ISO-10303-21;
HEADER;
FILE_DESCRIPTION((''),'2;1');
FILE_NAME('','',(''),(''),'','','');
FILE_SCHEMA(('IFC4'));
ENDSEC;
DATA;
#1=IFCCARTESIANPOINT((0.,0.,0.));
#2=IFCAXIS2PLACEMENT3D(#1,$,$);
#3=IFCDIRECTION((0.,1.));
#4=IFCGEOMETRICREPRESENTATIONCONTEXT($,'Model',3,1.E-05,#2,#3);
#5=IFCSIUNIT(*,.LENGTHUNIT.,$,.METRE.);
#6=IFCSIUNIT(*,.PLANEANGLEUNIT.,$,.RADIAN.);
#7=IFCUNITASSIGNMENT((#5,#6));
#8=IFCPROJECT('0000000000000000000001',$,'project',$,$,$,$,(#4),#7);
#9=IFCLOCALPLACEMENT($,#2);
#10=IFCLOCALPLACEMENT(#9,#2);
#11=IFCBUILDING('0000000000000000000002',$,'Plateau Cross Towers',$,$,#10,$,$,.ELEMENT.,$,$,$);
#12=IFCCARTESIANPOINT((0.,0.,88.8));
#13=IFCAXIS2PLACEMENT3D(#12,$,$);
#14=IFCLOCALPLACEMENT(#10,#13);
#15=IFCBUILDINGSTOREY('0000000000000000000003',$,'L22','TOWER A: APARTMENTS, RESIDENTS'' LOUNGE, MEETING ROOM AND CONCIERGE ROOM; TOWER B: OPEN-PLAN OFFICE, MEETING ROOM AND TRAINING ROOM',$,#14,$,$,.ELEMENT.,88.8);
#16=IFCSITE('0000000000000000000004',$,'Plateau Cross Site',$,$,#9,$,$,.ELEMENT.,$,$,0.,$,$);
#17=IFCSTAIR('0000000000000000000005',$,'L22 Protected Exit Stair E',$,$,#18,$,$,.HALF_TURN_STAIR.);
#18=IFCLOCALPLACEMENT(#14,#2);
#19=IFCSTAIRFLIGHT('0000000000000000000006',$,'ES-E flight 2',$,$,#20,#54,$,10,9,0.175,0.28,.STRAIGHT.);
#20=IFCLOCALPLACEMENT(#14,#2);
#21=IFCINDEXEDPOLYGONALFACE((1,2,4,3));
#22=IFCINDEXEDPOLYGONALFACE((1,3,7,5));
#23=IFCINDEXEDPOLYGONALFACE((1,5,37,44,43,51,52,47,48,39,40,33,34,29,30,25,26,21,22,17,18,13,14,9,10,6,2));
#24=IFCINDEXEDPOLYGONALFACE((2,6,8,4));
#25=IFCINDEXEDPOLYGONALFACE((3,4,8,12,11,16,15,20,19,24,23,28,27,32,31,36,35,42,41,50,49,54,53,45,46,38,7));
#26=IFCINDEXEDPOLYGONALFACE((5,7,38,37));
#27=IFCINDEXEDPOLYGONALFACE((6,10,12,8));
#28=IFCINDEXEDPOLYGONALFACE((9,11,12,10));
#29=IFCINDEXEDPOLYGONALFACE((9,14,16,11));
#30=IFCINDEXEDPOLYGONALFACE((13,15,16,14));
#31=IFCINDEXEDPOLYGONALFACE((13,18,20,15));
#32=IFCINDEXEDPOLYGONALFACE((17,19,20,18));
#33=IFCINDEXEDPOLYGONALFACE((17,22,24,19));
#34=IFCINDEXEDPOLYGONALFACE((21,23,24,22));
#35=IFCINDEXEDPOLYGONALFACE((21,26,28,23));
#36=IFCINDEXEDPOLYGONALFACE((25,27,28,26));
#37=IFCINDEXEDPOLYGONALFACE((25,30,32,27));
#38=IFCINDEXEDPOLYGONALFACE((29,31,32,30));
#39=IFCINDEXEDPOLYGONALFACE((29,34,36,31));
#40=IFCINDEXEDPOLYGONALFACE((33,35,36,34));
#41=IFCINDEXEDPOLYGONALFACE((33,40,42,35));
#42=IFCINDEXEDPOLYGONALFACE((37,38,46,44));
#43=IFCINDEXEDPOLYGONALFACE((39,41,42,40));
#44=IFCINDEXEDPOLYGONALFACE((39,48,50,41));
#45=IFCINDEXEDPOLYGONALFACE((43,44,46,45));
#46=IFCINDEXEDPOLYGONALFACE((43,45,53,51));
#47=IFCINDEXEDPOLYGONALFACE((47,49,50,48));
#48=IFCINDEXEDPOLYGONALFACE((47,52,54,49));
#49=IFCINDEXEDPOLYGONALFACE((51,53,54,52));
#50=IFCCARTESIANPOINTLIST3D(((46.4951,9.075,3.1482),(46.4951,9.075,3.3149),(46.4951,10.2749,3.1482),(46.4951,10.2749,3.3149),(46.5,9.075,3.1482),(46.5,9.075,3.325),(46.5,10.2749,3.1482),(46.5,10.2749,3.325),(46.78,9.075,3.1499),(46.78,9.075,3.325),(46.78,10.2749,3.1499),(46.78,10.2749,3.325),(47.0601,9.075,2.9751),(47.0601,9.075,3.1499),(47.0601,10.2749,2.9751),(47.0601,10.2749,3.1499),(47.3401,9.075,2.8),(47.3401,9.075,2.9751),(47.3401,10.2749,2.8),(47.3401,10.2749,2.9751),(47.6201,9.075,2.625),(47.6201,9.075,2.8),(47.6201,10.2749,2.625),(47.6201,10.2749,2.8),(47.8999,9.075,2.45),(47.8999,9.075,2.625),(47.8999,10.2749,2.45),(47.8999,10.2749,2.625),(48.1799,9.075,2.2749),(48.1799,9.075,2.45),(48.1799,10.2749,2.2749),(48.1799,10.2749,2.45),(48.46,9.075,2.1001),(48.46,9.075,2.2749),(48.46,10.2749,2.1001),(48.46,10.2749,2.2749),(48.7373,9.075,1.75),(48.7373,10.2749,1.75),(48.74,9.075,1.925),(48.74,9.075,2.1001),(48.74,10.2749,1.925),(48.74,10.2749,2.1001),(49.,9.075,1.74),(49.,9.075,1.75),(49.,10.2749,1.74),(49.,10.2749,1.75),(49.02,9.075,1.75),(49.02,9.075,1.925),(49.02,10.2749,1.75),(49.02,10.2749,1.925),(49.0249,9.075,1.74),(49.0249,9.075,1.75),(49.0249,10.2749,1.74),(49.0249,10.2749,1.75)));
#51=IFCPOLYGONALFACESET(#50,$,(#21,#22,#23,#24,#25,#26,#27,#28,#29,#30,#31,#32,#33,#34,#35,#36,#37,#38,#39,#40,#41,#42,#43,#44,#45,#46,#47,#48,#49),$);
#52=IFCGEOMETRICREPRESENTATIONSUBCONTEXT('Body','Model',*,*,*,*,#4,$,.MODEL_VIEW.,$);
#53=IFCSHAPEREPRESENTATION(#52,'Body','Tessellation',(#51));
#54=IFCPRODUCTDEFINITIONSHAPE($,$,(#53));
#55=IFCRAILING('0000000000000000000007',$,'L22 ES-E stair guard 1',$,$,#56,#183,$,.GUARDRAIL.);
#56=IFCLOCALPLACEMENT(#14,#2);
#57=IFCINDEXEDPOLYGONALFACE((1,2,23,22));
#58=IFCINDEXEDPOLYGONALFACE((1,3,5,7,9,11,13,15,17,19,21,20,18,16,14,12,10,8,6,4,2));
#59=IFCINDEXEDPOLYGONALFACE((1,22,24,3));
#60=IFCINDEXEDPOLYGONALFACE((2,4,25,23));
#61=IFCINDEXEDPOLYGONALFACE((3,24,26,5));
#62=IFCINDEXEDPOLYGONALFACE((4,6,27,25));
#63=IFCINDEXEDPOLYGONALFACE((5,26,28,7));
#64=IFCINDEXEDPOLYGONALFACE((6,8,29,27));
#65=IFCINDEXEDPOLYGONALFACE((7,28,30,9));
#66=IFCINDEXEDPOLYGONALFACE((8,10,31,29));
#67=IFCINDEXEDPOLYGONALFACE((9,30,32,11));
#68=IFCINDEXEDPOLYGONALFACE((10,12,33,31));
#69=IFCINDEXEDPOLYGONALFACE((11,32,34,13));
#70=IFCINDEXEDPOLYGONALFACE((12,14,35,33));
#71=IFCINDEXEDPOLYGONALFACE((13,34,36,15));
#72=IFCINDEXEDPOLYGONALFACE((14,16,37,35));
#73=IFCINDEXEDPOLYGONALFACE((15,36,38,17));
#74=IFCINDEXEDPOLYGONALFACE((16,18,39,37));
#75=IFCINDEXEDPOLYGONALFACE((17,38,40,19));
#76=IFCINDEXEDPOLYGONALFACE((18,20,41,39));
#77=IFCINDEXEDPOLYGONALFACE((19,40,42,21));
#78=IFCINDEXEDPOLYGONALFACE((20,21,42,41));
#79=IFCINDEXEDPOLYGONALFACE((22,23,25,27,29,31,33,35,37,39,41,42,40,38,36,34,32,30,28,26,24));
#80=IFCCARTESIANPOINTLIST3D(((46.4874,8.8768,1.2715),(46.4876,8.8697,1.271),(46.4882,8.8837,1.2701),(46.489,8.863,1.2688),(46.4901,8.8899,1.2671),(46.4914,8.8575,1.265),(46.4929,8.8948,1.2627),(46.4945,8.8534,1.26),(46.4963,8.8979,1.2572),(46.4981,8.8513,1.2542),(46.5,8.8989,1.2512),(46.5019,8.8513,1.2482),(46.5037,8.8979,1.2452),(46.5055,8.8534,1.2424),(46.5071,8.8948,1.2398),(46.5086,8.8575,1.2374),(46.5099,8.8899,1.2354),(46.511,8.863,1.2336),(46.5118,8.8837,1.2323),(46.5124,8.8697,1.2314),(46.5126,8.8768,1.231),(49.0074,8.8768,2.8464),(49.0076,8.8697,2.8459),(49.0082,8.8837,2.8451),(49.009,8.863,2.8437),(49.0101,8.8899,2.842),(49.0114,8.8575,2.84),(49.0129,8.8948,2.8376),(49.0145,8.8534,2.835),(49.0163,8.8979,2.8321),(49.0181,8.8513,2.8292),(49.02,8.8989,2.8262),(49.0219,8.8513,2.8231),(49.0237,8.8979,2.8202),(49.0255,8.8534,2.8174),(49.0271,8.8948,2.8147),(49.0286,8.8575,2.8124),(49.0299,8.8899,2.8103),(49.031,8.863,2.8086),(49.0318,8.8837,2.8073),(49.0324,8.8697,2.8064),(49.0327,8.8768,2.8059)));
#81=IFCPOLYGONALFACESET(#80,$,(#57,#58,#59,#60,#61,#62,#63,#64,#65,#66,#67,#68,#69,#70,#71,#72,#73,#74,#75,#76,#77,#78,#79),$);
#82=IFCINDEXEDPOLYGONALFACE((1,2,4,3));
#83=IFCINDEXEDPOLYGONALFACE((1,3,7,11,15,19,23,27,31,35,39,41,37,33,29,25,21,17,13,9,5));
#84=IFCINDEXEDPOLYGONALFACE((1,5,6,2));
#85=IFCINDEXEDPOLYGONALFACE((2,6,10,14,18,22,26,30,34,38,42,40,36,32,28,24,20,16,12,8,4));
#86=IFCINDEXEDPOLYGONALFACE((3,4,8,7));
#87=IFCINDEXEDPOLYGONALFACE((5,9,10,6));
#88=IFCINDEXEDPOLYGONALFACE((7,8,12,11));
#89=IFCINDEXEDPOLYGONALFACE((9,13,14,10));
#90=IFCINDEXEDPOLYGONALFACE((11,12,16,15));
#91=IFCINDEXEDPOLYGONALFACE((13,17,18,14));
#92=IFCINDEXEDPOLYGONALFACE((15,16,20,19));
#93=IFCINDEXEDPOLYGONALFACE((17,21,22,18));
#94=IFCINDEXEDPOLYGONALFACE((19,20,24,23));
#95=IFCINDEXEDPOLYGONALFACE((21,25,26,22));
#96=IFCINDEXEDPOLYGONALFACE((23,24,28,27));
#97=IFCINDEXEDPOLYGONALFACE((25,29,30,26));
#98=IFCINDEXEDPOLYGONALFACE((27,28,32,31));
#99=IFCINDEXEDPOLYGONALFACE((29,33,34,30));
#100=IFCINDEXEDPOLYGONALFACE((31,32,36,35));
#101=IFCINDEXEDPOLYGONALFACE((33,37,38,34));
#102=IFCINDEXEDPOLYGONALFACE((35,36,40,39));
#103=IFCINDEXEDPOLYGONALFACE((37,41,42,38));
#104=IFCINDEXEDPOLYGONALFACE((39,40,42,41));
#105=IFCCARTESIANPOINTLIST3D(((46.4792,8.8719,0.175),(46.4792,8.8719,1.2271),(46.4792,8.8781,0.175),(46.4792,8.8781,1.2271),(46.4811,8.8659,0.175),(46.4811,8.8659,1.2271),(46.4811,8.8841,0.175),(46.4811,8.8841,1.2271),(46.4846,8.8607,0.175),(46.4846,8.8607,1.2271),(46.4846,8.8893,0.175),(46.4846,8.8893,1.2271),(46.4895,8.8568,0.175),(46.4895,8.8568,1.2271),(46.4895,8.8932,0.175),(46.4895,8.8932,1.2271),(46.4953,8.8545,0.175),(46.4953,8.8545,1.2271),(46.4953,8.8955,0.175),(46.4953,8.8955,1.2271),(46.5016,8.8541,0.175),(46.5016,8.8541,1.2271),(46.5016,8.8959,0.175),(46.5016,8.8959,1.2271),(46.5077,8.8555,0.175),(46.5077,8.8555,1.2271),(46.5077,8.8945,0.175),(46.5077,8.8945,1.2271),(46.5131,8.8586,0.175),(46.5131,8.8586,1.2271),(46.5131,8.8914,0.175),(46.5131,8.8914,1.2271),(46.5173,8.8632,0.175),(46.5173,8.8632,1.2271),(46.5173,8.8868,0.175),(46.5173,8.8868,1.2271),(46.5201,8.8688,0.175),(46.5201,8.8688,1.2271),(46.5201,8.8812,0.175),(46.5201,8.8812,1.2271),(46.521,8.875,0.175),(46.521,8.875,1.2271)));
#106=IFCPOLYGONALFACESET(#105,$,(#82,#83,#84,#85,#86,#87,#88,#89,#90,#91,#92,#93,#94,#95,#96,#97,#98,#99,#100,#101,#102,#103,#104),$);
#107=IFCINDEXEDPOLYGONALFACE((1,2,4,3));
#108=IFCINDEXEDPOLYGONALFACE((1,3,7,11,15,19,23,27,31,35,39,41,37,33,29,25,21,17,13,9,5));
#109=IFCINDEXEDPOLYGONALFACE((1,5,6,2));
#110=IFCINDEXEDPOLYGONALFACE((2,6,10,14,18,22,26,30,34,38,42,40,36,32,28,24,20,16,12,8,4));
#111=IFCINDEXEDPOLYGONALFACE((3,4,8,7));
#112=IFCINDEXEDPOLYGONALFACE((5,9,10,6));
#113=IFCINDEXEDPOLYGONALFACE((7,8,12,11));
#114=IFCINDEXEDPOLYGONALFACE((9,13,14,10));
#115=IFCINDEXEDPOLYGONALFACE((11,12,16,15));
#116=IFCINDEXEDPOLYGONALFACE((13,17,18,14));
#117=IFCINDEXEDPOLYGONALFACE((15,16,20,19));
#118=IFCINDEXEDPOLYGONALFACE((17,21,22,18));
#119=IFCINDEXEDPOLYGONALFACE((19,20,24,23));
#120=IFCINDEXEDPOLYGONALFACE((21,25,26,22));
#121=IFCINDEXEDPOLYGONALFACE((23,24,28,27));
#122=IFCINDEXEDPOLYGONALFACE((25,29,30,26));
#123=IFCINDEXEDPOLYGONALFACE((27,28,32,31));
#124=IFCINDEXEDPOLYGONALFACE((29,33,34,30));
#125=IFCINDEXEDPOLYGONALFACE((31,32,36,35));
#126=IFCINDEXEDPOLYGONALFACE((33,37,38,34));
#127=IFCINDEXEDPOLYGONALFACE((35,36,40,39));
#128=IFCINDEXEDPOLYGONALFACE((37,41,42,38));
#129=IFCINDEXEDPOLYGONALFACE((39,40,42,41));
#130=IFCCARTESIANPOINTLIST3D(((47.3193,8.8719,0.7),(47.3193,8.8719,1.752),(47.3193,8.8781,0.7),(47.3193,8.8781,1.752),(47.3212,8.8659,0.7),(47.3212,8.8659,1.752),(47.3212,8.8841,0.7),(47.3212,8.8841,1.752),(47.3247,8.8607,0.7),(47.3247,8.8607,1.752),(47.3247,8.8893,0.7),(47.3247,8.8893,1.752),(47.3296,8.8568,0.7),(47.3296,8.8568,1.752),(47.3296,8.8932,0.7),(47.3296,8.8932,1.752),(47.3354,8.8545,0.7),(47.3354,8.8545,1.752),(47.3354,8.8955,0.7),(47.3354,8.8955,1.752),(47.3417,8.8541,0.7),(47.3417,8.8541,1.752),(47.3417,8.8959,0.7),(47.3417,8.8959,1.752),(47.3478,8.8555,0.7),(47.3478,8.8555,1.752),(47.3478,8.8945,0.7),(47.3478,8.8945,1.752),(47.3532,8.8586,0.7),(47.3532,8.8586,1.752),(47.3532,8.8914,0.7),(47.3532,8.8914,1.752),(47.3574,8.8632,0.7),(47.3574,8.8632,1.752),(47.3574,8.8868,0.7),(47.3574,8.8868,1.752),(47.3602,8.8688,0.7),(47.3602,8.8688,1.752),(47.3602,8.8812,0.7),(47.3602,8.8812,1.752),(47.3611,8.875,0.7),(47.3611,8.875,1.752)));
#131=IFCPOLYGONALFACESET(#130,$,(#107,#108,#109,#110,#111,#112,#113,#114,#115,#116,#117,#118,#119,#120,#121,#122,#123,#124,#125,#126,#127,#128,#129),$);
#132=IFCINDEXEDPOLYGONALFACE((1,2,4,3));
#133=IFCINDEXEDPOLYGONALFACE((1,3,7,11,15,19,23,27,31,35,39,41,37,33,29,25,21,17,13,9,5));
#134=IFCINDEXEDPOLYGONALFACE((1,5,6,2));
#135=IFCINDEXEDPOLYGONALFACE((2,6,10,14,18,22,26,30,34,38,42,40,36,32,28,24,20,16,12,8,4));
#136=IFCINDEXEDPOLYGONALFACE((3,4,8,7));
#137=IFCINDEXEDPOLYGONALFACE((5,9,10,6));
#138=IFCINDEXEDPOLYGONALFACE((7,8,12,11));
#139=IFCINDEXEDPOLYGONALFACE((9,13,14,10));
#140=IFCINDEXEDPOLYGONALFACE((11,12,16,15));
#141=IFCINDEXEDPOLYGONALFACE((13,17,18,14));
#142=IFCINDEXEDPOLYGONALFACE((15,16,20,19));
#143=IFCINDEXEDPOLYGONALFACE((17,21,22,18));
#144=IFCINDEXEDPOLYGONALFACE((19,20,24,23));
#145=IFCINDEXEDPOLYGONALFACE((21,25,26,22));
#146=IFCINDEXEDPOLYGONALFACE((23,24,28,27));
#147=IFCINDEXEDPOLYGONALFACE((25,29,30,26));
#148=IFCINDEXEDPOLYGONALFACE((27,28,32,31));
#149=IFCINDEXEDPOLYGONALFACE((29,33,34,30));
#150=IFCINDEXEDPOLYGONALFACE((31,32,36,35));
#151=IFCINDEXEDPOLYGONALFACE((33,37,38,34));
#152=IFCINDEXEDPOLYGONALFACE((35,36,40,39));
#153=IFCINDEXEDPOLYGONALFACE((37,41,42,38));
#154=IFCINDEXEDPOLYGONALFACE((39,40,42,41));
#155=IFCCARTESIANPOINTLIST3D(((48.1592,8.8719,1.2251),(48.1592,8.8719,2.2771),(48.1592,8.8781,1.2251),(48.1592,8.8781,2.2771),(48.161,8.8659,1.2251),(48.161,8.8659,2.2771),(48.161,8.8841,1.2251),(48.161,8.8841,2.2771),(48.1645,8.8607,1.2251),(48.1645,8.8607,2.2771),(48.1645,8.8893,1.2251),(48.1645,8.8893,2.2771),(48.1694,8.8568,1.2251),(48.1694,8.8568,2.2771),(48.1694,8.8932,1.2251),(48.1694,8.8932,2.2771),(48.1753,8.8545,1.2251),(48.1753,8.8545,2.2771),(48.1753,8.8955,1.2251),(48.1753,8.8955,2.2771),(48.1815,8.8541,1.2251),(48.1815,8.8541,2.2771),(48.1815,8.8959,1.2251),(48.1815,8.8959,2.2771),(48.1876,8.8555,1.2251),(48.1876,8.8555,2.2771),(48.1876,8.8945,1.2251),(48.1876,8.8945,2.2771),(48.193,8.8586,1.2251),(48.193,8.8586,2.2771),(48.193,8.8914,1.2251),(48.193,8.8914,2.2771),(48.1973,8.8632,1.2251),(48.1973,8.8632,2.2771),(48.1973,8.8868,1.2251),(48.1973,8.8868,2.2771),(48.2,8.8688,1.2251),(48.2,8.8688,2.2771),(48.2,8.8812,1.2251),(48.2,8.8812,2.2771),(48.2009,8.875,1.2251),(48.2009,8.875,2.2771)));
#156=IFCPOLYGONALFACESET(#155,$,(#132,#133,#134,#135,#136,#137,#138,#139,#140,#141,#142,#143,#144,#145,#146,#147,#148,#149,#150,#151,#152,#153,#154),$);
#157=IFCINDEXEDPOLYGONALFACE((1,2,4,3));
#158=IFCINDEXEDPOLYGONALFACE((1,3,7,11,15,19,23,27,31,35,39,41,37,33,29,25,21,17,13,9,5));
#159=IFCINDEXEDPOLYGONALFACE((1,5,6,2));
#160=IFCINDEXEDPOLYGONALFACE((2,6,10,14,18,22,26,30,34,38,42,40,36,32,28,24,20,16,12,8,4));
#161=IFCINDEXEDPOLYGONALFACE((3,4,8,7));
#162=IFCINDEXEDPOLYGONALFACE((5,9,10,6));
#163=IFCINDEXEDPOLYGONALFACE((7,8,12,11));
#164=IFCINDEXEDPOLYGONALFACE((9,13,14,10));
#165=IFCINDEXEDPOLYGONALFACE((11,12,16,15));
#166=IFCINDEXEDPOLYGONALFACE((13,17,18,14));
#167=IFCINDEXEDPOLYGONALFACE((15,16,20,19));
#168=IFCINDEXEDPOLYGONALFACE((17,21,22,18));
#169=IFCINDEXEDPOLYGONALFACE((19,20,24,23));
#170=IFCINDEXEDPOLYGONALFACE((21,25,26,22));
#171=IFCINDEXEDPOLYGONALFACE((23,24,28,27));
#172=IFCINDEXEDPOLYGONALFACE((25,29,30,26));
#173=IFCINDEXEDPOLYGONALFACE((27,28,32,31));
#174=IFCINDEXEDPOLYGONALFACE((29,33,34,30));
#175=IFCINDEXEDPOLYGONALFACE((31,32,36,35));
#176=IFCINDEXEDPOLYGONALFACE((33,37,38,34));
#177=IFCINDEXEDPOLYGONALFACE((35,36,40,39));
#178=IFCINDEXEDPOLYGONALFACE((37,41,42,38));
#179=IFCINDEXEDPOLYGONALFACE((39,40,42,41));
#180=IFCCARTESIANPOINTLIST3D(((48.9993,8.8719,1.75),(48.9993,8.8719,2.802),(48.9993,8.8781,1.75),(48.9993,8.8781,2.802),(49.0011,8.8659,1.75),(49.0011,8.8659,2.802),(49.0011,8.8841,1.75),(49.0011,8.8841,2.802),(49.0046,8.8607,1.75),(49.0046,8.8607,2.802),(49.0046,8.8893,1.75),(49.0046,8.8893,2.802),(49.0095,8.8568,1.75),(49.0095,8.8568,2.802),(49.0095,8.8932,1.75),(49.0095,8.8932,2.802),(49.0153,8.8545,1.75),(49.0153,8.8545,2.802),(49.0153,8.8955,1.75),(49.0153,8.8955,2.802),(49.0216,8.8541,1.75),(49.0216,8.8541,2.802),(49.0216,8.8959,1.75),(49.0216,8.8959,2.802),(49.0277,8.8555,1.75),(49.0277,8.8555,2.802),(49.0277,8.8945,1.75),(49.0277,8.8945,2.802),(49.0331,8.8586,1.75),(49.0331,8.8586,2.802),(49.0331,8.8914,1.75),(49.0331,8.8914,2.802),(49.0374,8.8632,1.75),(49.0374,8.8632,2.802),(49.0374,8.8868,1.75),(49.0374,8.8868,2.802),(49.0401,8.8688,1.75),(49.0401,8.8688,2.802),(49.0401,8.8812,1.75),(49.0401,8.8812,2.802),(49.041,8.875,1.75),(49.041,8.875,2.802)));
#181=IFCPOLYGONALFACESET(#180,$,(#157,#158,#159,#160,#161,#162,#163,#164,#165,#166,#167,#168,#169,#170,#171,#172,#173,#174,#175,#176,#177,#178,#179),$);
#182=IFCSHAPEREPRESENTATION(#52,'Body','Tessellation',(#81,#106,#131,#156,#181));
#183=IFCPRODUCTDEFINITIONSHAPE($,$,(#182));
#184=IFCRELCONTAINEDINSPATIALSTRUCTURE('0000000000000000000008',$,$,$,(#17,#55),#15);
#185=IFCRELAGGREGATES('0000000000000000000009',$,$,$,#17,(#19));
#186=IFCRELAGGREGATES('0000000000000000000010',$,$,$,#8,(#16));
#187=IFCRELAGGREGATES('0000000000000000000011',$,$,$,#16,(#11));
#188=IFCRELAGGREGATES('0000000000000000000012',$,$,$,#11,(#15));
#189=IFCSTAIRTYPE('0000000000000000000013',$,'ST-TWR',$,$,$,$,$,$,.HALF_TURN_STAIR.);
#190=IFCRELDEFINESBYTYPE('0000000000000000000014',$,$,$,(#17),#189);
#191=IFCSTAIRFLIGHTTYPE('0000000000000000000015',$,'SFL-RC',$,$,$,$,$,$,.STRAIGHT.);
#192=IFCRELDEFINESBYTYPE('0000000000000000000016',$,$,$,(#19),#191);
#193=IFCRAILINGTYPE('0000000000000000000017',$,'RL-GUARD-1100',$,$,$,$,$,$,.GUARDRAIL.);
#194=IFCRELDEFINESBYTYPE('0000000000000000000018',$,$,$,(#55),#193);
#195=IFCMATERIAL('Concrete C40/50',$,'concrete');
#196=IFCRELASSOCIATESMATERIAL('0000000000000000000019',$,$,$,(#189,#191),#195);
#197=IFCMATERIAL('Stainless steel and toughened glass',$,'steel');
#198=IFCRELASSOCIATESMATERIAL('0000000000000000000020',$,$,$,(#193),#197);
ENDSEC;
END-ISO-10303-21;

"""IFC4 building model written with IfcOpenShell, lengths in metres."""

from ifc_helpers import new_model, si_unit, direction, frame, origin, origin_2d, place, context, subcontext, project, spatial, polyline, circle, outline, extrude, material, type_object, element, aggregate, save


model = new_model("IFC4")

# Units and contexts
model_context = context("Model", 3, precision=1e-05, world=origin(), true_north=direction((0.0, 1.0)))
body_context = subcontext(model_context, "Body", "Model", "MODEL_VIEW")
ifc_project = project(units=[si_unit("LENGTHUNIT", "METRE"), si_unit("PLANEANGLEUNIT", "RADIAN")], contexts=[model_context])

# Site, building, storey
site_placement = place(None, origin())
site = spatial("IfcSite", under=ifc_project, at=site_placement, Name="Plateau Cross Site", CompositionType="ELEMENT", RefElevation=0.0)
building_placement = place(site_placement, origin())
building = spatial("IfcBuilding", under=site, at=building_placement, Name="Plateau Cross Towers", CompositionType="ELEMENT")
storey_placement = place(building_placement, frame((0.0, 0.0, 88.8)))
storey = spatial("IfcBuildingStorey", under=building, at=storey_placement, Name="L22", Description="TOWER A: APARTMENTS, RESIDENTS' LOUNGE, MEETING ROOM AND CONCIERGE ROOM; TOWER B: OPEN-PLAN OFFICE, MEETING ROOM AND TRAINING ROOM", CompositionType="ELEMENT", Elevation=88.8)

# Stair, stair flight
ifc_material_1 = material(Name="Concrete C40/50", Category="concrete")
stair_type = type_object("IfcStairType", Name="ST-TWR", PredefinedType="HALF_TURN_STAIR", material=ifc_material_1)
stair_placement = place(storey_placement, origin())
stair = element("IfcStair", 1, at=stair_placement, inside=storey, type_object=stair_type, Name="L22 Protected Exit Stair E", PredefinedType="HALF_TURN_STAIR")
stair_flight_type = type_object("IfcStairFlightType", Name="SFL-RC", PredefinedType="STRAIGHT", material=ifc_material_1)
stair_flight_1_placement = place(storey_placement, frame((49.02, 9.675, 1.75), z_axis=(0.0, 0.0, 1.0), x_axis=(-1.0, 0.0, 0.0)))
stair_flight_1 = element("IfcStairFlight", 2, at=stair_flight_1_placement, type_object=stair_flight_type, Name="ES-E flight 2", NumberOfRisers=10, NumberOfTreads=9, PredefinedType="STRAIGHT", RiserHeight=0.175, TreadLength=0.28, context=body_context, shape_type="SweptSolid", body=[
    extrude(outline(polyline([(-0.0049, -0.01), (-0.0049, 0.0), (0.0, 0.0), (0.0, 0.175), (0.28, 0.175), (0.28, 0.3501), (0.5601, 0.3501), (0.5601, 0.5249), (0.8401, 0.5249), (0.8401, 0.7), (1.1201, 0.7), (1.1201, 0.875), (1.3999, 0.875), (1.3999, 1.05), (1.6799, 1.05), (1.6799, 1.2251), (1.96, 1.2251), (1.96, 1.3999), (2.24, 1.3999), (2.24, 1.575), (2.52, 1.575), (2.5249, 1.5649), (2.5249, 1.3982), (2.52, 1.3982), (0.2827, 0.0), (0.02, 0.0), (0.02, -0.01), (-0.0049, -0.01)])), frame((0.0, 0.6001, 0.0), z_axis=(0.0, -1.0, 0.0), x_axis=(1.0, 0.0, 0.0)), (0.0, 0.0, 1.0), 1.2),
])
aggregate(stair, [stair_flight_1])

# Railing
ifc_material_2 = material(Name="Stainless steel and toughened glass", Category="steel")
railing_type_1 = type_object("IfcRailingType", Name="RL-GUARD-1100", PredefinedType="GUARDRAIL", material=ifc_material_2)
railing_1_placement = place(storey_placement, frame((46.5, 8.875, 0.175)))
element("IfcRailing", 3, at=railing_1_placement, inside=storey, type_object=railing_type_1, Name="L22 ES-E stair guard 1", PredefinedType="GUARDRAIL", context=body_context, shape_type="SweptSolid", body=[
    extrude(circle(Radius=0.0239, at=origin_2d()), frame((0.0, 0.0, 1.0762), z_axis=(0.848008, 0.0, 0.529984), x_axis=(0.0, 1.0, 0.0)), (0.0, 0.0, 1.0), 2.9717),
    extrude(circle(Radius=0.021, at=origin_2d()), origin(), (0.0, 0.0, 1.0), 1.052),
    extrude(circle(Radius=0.021, at=origin_2d()), frame((0.8401, 0.0, 0.5249)), (0.0, 0.0, 1.0), 1.052),
    extrude(circle(Radius=0.021, at=origin_2d()), frame((1.6799, 0.0, 1.05)), (0.0, 0.0, 1.0), 1.052),
    extrude(circle(Radius=0.021, at=origin_2d()), frame((2.52, 0.0, 1.575)), (0.0, 0.0, 1.0), 1.052),
])

save(model, "model.ifc")
